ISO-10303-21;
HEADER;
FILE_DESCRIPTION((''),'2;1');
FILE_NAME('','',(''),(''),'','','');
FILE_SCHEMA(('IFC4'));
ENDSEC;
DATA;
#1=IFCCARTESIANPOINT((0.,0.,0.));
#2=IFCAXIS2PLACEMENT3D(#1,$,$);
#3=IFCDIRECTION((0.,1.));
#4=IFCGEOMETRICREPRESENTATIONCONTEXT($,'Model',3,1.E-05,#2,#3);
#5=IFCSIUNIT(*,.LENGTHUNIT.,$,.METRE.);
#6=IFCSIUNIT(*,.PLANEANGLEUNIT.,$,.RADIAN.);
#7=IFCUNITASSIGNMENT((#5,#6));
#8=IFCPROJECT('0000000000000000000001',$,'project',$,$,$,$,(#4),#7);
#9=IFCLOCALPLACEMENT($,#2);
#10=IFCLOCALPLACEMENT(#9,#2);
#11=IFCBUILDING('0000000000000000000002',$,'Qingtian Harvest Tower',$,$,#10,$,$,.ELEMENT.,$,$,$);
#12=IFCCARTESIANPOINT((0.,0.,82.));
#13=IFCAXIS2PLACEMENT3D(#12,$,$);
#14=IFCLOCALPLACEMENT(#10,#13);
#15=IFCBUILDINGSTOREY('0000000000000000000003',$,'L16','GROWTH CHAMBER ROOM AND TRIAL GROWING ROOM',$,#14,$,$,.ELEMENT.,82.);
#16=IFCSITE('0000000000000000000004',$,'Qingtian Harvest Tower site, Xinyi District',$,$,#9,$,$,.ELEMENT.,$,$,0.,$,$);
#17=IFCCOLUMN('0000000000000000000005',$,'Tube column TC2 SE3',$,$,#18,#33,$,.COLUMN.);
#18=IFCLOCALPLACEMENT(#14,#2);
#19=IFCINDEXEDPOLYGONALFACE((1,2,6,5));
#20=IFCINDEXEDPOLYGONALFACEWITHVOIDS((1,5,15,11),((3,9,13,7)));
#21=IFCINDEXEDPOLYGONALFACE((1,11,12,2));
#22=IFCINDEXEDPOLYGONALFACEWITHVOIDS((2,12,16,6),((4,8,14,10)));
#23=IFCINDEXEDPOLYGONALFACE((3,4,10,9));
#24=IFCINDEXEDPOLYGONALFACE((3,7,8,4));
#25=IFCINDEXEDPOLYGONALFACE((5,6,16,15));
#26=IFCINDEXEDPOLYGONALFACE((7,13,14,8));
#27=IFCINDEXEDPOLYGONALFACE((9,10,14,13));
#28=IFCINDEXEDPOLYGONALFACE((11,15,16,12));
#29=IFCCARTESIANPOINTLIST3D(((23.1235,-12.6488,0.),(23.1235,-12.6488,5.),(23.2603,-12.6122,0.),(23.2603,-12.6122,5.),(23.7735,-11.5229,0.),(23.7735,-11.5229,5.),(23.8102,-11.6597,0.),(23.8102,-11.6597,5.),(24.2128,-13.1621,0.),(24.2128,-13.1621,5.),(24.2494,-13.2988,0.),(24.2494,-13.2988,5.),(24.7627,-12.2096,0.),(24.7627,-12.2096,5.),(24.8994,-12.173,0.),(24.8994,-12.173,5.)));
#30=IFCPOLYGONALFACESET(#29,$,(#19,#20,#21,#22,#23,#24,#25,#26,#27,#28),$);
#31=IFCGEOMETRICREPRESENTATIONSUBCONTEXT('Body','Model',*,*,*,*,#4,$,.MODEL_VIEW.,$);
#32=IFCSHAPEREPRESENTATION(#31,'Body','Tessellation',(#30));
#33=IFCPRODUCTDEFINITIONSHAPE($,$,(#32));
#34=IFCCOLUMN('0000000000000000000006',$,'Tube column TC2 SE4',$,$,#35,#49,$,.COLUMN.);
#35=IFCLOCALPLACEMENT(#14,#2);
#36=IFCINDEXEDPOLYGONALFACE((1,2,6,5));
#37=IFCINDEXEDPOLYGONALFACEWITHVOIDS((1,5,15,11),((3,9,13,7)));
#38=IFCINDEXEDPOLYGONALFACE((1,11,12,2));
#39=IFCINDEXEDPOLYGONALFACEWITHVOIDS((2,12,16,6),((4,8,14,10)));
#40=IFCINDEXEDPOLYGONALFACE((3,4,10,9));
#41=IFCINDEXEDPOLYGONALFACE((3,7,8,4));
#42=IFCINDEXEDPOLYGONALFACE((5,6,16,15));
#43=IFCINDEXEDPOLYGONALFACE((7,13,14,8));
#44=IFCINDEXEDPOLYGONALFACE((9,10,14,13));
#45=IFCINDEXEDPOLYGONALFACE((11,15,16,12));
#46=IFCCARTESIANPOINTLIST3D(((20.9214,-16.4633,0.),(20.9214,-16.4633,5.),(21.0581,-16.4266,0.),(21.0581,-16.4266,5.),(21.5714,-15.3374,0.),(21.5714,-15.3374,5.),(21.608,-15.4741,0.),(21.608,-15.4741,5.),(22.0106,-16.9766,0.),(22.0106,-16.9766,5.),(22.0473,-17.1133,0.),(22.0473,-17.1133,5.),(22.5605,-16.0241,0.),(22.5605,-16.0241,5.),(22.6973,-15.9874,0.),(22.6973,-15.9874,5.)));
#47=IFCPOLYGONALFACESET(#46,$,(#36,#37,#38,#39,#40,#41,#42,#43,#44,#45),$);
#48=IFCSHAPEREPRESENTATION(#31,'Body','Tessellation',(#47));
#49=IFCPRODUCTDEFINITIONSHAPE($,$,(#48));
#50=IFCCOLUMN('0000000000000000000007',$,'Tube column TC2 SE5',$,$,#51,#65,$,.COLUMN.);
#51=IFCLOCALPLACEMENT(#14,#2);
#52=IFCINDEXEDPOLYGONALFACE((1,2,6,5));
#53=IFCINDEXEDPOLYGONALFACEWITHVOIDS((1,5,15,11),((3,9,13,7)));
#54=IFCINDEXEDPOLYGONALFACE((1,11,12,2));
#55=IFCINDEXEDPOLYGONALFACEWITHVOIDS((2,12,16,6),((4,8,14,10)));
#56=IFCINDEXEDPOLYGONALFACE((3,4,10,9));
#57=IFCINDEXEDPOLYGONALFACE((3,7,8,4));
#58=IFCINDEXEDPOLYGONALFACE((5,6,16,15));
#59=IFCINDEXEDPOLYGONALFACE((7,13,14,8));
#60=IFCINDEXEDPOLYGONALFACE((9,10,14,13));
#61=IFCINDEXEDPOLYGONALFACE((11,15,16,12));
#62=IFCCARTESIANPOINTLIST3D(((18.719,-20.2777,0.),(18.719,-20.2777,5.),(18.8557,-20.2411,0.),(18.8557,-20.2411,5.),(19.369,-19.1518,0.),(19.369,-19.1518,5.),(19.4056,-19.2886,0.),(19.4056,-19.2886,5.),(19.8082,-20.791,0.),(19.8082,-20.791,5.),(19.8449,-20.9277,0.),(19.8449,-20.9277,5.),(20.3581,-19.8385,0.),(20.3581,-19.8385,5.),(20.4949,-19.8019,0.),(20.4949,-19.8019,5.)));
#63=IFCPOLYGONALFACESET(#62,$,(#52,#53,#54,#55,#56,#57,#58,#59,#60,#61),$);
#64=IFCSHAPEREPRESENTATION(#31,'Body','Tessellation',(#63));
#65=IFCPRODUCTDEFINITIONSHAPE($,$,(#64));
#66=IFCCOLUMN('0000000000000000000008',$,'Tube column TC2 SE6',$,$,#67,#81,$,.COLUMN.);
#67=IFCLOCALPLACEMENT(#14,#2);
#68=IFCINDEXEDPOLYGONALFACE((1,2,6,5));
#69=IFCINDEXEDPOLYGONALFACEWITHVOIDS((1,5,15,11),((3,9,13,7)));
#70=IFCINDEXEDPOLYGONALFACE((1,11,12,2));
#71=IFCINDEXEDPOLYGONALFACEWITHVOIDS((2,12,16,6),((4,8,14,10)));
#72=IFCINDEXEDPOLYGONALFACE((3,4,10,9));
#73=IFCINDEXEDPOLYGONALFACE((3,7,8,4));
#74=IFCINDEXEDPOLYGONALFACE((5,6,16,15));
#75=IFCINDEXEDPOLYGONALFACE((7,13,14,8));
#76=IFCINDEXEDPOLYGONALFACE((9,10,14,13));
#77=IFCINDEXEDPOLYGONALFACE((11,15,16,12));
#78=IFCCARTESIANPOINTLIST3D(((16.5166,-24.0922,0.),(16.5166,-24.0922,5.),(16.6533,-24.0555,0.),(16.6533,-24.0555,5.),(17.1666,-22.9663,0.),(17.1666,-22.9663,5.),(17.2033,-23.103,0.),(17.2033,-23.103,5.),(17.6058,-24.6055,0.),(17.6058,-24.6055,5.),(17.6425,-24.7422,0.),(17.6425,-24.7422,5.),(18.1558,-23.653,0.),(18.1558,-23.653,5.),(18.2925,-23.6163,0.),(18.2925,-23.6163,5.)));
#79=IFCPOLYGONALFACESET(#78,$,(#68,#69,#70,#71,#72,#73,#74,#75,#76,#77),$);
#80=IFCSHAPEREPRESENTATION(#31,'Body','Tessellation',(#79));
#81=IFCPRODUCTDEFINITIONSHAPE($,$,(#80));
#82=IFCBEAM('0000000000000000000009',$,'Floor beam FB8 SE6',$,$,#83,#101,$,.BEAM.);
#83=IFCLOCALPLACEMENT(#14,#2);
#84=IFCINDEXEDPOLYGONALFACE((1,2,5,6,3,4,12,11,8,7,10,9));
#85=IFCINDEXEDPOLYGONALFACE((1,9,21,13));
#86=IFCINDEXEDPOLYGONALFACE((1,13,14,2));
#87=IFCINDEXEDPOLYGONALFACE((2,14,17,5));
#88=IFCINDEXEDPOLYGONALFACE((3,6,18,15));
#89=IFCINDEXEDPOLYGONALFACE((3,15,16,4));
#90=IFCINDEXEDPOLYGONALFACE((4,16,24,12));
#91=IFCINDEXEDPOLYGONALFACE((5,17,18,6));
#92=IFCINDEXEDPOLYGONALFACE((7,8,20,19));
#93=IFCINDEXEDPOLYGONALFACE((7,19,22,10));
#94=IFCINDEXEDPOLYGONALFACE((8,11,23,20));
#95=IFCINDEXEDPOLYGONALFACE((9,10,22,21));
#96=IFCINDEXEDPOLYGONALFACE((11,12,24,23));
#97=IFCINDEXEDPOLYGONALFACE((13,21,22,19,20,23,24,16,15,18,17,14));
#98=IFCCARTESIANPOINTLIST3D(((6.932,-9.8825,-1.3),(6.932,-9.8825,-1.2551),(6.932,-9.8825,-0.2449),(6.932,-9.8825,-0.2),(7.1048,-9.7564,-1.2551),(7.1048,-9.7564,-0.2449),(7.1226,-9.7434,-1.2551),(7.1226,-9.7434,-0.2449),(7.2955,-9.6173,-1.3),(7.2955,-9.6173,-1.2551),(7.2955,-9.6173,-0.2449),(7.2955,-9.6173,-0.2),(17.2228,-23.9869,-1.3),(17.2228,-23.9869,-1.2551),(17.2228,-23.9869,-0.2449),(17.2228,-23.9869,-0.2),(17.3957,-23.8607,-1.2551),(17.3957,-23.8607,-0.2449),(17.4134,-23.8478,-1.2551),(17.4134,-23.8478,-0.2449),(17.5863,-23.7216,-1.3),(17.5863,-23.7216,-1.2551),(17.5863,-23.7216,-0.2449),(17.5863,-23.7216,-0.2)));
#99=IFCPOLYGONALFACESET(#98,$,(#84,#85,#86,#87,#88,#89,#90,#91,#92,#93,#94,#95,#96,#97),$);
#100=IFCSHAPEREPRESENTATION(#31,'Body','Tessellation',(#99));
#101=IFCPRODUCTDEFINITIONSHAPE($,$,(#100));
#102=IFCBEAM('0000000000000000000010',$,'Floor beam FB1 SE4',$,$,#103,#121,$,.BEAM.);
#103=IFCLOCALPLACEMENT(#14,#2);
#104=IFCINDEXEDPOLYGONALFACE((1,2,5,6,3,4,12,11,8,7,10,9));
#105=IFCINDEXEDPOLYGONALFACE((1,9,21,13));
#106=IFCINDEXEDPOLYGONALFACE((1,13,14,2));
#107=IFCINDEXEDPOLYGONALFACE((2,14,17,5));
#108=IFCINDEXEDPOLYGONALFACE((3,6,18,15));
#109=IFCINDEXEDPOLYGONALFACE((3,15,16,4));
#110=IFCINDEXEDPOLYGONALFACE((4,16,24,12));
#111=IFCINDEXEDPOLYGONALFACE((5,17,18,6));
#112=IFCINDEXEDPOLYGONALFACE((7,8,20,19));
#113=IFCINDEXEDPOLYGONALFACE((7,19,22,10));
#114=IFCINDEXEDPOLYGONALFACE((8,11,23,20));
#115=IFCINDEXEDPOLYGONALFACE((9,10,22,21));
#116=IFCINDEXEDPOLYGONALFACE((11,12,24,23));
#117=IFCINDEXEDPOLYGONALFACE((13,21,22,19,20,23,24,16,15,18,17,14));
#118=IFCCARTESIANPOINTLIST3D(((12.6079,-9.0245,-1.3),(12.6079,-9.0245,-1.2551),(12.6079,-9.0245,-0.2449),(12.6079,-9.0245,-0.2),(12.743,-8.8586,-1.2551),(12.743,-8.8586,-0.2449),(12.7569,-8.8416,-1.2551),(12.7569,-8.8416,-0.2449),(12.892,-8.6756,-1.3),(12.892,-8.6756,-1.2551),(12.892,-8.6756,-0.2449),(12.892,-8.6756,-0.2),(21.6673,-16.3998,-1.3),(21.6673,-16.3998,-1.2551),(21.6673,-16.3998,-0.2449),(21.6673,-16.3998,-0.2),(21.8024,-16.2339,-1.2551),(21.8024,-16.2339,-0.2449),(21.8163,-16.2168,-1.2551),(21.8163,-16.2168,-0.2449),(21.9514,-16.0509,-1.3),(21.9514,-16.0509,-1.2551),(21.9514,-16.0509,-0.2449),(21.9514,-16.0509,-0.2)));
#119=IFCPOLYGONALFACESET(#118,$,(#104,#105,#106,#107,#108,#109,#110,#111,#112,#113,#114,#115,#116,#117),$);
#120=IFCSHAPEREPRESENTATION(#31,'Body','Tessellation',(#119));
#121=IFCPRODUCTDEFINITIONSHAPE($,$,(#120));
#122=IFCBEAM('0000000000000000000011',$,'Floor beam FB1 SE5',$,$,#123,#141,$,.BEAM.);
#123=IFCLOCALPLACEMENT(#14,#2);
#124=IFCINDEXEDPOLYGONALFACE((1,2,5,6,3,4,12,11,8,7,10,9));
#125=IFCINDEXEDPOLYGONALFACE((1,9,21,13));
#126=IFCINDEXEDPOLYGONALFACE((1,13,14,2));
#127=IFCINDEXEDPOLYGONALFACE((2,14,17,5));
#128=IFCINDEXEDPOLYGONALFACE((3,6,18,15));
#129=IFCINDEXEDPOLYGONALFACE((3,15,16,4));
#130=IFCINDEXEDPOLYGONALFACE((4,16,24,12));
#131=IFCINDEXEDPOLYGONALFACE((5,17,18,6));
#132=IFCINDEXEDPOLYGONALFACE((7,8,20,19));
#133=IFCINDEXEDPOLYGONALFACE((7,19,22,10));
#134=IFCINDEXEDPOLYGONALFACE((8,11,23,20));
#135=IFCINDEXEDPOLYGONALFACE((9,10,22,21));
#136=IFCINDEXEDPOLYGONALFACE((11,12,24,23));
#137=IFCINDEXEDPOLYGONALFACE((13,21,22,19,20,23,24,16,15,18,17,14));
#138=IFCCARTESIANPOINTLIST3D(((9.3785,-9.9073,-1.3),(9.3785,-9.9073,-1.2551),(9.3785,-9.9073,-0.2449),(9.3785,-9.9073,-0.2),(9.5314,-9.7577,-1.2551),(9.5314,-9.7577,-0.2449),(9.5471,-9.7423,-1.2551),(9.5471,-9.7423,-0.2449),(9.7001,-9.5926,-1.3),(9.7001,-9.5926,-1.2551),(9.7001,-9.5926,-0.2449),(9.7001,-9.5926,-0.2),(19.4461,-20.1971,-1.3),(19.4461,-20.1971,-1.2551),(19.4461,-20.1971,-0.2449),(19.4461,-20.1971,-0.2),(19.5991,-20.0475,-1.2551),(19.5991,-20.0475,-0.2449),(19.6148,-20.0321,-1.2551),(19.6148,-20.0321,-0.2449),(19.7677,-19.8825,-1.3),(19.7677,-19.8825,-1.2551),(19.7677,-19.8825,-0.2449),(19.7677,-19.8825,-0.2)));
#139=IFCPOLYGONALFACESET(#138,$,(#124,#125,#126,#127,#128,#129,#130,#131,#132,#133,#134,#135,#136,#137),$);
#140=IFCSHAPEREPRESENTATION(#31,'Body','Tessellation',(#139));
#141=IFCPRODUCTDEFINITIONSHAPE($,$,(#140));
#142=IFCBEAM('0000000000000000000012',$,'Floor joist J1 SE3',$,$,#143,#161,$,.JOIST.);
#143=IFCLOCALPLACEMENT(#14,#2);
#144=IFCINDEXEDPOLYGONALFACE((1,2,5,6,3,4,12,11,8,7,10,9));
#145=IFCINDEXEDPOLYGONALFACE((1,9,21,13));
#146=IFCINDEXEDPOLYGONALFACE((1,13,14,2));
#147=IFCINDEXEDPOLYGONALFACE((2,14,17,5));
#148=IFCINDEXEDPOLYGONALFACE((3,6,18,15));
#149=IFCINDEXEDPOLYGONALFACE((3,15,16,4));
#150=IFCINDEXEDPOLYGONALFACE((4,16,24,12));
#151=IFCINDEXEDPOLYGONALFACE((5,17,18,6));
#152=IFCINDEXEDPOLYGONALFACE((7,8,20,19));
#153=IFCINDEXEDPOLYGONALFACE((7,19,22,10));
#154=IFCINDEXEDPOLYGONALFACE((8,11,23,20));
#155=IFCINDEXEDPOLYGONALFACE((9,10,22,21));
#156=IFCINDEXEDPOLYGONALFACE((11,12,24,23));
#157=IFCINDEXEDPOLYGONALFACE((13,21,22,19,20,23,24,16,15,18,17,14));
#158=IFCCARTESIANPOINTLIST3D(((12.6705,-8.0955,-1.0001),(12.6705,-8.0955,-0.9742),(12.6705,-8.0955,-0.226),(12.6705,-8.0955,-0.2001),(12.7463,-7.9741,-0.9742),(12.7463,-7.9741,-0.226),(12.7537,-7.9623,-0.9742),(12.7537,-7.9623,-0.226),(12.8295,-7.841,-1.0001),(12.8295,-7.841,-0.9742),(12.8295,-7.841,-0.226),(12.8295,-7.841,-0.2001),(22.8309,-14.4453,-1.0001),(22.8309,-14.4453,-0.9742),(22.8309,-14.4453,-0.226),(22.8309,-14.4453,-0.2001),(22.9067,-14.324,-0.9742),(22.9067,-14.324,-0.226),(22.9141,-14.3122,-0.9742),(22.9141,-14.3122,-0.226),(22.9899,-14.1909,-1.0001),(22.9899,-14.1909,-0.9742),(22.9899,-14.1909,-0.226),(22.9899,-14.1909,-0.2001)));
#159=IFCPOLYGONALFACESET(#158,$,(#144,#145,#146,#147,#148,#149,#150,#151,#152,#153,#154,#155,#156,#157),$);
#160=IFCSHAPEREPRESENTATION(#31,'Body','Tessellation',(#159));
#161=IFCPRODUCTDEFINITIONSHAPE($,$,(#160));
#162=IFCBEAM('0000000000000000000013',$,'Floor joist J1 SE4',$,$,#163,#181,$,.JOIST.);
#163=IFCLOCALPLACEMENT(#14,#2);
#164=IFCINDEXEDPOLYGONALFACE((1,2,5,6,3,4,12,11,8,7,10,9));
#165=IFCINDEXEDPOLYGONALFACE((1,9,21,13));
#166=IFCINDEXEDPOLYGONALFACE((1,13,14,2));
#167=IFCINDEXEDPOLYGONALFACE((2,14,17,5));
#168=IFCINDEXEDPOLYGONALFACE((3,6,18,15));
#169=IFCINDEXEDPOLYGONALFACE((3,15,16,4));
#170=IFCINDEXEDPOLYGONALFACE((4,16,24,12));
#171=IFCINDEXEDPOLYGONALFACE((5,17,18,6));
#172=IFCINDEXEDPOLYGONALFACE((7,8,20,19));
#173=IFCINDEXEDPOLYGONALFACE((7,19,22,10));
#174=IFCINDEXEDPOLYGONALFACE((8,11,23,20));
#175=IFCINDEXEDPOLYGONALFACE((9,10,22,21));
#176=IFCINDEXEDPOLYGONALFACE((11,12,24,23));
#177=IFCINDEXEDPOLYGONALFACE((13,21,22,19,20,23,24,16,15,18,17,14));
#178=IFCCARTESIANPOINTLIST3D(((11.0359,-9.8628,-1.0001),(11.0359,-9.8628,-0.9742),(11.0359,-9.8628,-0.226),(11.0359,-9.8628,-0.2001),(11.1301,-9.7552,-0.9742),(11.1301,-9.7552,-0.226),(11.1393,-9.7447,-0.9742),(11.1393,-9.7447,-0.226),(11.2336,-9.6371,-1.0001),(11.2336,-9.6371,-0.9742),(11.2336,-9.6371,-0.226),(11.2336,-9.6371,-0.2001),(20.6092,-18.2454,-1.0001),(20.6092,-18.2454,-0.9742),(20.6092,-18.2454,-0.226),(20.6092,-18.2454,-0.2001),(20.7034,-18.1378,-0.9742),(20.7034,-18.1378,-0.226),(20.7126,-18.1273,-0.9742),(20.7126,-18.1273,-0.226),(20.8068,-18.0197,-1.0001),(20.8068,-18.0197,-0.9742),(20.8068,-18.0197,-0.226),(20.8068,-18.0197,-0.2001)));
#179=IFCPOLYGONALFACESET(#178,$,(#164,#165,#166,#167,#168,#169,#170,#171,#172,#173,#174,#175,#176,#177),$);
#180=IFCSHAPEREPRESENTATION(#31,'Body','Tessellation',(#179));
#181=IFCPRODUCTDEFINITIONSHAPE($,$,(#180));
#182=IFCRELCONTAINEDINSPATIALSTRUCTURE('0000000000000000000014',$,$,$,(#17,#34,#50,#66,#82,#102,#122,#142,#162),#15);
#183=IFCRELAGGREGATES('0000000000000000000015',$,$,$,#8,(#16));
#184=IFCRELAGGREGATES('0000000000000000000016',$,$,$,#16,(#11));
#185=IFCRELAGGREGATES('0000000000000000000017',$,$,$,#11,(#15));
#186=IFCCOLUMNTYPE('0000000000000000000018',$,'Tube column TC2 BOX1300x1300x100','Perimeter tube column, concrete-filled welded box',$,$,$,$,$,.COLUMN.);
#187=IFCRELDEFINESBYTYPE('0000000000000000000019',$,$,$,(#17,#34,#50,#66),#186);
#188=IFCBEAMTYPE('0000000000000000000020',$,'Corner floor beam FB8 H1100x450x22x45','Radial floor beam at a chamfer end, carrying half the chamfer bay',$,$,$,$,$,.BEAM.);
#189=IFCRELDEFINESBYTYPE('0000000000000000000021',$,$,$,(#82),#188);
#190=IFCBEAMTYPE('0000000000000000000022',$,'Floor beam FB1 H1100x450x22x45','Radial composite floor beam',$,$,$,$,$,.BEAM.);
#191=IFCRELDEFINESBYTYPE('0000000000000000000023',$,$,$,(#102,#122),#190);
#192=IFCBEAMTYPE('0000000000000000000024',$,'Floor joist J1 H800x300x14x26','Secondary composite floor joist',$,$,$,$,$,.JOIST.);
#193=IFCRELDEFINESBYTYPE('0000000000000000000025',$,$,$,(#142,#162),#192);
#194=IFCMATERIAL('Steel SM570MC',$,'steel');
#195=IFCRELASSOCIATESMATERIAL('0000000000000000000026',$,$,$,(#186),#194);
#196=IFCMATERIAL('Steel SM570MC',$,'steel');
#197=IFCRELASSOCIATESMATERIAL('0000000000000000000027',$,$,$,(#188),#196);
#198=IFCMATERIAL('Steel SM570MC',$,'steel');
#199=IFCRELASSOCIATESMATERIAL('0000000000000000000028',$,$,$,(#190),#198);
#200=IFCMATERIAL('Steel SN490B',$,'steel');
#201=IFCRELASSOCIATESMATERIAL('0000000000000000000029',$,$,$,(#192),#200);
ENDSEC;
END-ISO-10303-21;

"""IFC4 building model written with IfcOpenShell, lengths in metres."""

from ifc_helpers import new_model, si_unit, direction, frame, origin, origin_2d, place, context, subcontext, project, spatial, hollow_rectangle, i_section, extrude, material, material_profile, profile_set, type_object, element, save


model = new_model("IFC4")

# Units and contexts
model_context = context("Model", 3, precision=1e-05, world=origin(), true_north=direction((0.0, 1.0)))
body_context = subcontext(model_context, "Body", "Model", "MODEL_VIEW")
ifc_project = project(units=[si_unit("LENGTHUNIT", "METRE"), si_unit("PLANEANGLEUNIT", "RADIAN")], contexts=[model_context])

# Site, building, storey
site_placement = place(None, origin())
site = spatial("IfcSite", under=ifc_project, at=site_placement, Name="Qingtian Harvest Tower site, Xinyi District", CompositionType="ELEMENT", RefElevation=0.0)
building_placement = place(site_placement, origin())
building = spatial("IfcBuilding", under=site, at=building_placement, Name="Qingtian Harvest Tower", CompositionType="ELEMENT")
storey_placement = place(building_placement, frame((0.0, 0.0, 82.0)))
storey = spatial("IfcBuildingStorey", under=building, at=storey_placement, Name="L16", Description="GROWTH CHAMBER ROOM AND TRIAL GROWING ROOM", CompositionType="ELEMENT", Elevation=82.0)

# Columns
ifc_material_1 = material(Name="Steel SM570MC", Category="steel")
ifc_material_profile_1 = material_profile(ifc_material_1, hollow_rectangle(XDim=1.3, YDim=1.3, WallThickness=0.1001, at=origin_2d()), Name="BOX1300x1300x100")
ifc_profile_set_1 = profile_set([ifc_material_profile_1], Name="Steel SM570MC")
column_type = type_object("IfcColumnType", Name="Tube column TC2 BOX1300x1300x100", Description="Perimeter tube column, concrete-filled welded box", PredefinedType="COLUMN", material=ifc_profile_set_1)
for number, where, z_axis, x_axis, name in (
    (1, (24.0115, -12.4109, 0.0), (0.0, 0.0, 1.0), (0.5, 0.866025, 0.0), "Tube column TC2 SE3"),
    (2, (21.8093, -16.2253, 0.0), (0.0, 0.0, 1.0), (0.5, 0.866025, 0.0), "Tube column TC2 SE4"),
    (3, (19.6069, -20.0398, 0.0), (0.0, 0.0, 1.0), (0.5, 0.866025, 0.0), "Tube column TC2 SE5"),
    (4, (17.4045, -23.8542, 0.0), (0.0, 0.0, 1.0), (0.5, 0.866025, 0.0), "Tube column TC2 SE6"),
):
    element("IfcColumn", number, at=place(storey_placement, frame(where, z_axis=z_axis, x_axis=x_axis)), inside=storey, type_object=column_type, Name=name, PredefinedType="COLUMN", context=body_context, shape_type="SweptSolid", body=[
        extrude(hollow_rectangle(XDim=1.3, YDim=1.3, WallThickness=0.1001, at=origin_2d()), origin(), (0.0, 0.0, 1.0), 5.0),
    ])

# Beams
ifc_material_2 = material(Name="Steel SM570MC", Category="steel")
ifc_material_profile_2 = material_profile(ifc_material_2, i_section(OverallWidth=0.45, OverallDepth=1.1001, WebThickness=0.022, FlangeThickness=0.0449, at=origin_2d()), Name="H1100x450x22x45")
ifc_profile_set_2 = profile_set([ifc_material_profile_2], Name="Steel SM570MC")
beam_type_1 = type_object("IfcBeamType", Name="Corner floor beam FB8 H1100x450x22x45", Description="Radial floor beam at a chamfer end, carrying half the chamfer bay", PredefinedType="BEAM", material=ifc_profile_set_2)
beam_1_placement = place(storey_placement, frame((17.4045, -23.8542, -0.75), z_axis=(-0.589412, 0.807832, 0.0), x_axis=(-0.807832, -0.589412, 0.0)))
element("IfcBeam", 5, at=beam_1_placement, inside=storey, type_object=beam_type_1, Name="Floor beam FB8 SE6", PredefinedType="BEAM", context=body_context, shape_type="SweptSolid", body=[
    extrude(i_section(OverallWidth=0.45, OverallDepth=1.1001, WebThickness=0.022, FlangeThickness=0.0449, at=origin_2d()), origin(), (0.0, 0.0, 1.0), 17.4595),
])
ifc_material_3 = material(Name="Steel SM570MC", Category="steel")
ifc_material_profile_3 = material_profile(ifc_material_3, i_section(OverallWidth=0.45, OverallDepth=1.1001, WebThickness=0.022, FlangeThickness=0.0449, at=origin_2d()), Name="H1100x450x22x45")
ifc_profile_set_3 = profile_set([ifc_material_profile_3], Name="Steel SM570MC")
beam_type_2 = type_object("IfcBeamType", Name="Floor beam FB1 H1100x450x22x45", Description="Radial composite floor beam", PredefinedType="BEAM", material=ifc_profile_set_3)
beam_2_placement = place(storey_placement, frame((21.8093, -16.2253, -0.75), z_axis=(-0.775504, 0.631342, 0.0), x_axis=(-0.631342, -0.775504, 0.0)))
element("IfcBeam", 6, at=beam_2_placement, inside=storey, type_object=beam_type_2, Name="Floor beam FB1 SE4", PredefinedType="BEAM", context=body_context, shape_type="SweptSolid", body=[
    extrude(i_section(OverallWidth=0.45, OverallDepth=1.1001, WebThickness=0.022, FlangeThickness=0.0449, at=origin_2d()), origin(), (0.0, 0.0, 1.0), 11.6819),
])
beam_3_placement = place(storey_placement, frame((19.6069, -20.0398, -0.75), z_axis=(-0.699348, 0.714781, 0.0), x_axis=(-0.714781, -0.699348, 0.0)))
element("IfcBeam", 7, at=beam_3_placement, inside=storey, type_object=beam_type_2, Name="Floor beam FB1 SE5", PredefinedType="BEAM", context=body_context, shape_type="SweptSolid", body=[
    extrude(i_section(OverallWidth=0.45, OverallDepth=1.1001, WebThickness=0.022, FlangeThickness=0.0449, at=origin_2d()), origin(), (0.0, 0.0, 1.0), 14.3958),
])
ifc_material_4 = material(Name="Steel SN490B", Category="steel")
ifc_material_profile_4 = material_profile(ifc_material_4, i_section(OverallWidth=0.3, OverallDepth=0.8, WebThickness=0.0139, FlangeThickness=0.0259, at=origin_2d()), Name="H800x300x14x26")
ifc_profile_set_4 = profile_set([ifc_material_profile_4], Name="Steel SN490B")
beam_type_3 = type_object("IfcBeamType", Name="Floor joist J1 H800x300x14x26", Description="Secondary composite floor joist", PredefinedType="JOIST", material=ifc_profile_set_4)
beam_4_placement = place(storey_placement, frame((22.9104, -14.3181, -0.6001), z_axis=(-0.848013, 0.529975, 0.0), x_axis=(-0.529975, -0.848013, 0.0)))
element("IfcBeam", 8, at=beam_4_placement, inside=storey, type_object=beam_type_3, Name="Floor joist J1 SE3", PredefinedType="JOIST", context=body_context, shape_type="SweptSolid", body=[
    extrude(i_section(OverallWidth=0.3, OverallDepth=0.8, WebThickness=0.0139, FlangeThickness=0.0259, at=origin_2d()), origin(), (0.0, 0.0, 1.0), 11.9814),
])
beam_5_placement = place(storey_placement, frame((20.708, -18.1326, -0.6001), z_axis=(-0.752344, 0.658771, 0.0), x_axis=(-0.658771, -0.752344, 0.0)))
element("IfcBeam", 9, at=beam_5_placement, inside=storey, type_object=beam_type_3, Name="Floor joist J1 SE4", PredefinedType="JOIST", context=body_context, shape_type="SweptSolid", body=[
    extrude(i_section(OverallWidth=0.3, OverallDepth=0.8, WebThickness=0.0139, FlangeThickness=0.0259, at=origin_2d()), origin(), (0.0, 0.0, 1.0), 12.7246),
])

save(model, "model.ifc")
